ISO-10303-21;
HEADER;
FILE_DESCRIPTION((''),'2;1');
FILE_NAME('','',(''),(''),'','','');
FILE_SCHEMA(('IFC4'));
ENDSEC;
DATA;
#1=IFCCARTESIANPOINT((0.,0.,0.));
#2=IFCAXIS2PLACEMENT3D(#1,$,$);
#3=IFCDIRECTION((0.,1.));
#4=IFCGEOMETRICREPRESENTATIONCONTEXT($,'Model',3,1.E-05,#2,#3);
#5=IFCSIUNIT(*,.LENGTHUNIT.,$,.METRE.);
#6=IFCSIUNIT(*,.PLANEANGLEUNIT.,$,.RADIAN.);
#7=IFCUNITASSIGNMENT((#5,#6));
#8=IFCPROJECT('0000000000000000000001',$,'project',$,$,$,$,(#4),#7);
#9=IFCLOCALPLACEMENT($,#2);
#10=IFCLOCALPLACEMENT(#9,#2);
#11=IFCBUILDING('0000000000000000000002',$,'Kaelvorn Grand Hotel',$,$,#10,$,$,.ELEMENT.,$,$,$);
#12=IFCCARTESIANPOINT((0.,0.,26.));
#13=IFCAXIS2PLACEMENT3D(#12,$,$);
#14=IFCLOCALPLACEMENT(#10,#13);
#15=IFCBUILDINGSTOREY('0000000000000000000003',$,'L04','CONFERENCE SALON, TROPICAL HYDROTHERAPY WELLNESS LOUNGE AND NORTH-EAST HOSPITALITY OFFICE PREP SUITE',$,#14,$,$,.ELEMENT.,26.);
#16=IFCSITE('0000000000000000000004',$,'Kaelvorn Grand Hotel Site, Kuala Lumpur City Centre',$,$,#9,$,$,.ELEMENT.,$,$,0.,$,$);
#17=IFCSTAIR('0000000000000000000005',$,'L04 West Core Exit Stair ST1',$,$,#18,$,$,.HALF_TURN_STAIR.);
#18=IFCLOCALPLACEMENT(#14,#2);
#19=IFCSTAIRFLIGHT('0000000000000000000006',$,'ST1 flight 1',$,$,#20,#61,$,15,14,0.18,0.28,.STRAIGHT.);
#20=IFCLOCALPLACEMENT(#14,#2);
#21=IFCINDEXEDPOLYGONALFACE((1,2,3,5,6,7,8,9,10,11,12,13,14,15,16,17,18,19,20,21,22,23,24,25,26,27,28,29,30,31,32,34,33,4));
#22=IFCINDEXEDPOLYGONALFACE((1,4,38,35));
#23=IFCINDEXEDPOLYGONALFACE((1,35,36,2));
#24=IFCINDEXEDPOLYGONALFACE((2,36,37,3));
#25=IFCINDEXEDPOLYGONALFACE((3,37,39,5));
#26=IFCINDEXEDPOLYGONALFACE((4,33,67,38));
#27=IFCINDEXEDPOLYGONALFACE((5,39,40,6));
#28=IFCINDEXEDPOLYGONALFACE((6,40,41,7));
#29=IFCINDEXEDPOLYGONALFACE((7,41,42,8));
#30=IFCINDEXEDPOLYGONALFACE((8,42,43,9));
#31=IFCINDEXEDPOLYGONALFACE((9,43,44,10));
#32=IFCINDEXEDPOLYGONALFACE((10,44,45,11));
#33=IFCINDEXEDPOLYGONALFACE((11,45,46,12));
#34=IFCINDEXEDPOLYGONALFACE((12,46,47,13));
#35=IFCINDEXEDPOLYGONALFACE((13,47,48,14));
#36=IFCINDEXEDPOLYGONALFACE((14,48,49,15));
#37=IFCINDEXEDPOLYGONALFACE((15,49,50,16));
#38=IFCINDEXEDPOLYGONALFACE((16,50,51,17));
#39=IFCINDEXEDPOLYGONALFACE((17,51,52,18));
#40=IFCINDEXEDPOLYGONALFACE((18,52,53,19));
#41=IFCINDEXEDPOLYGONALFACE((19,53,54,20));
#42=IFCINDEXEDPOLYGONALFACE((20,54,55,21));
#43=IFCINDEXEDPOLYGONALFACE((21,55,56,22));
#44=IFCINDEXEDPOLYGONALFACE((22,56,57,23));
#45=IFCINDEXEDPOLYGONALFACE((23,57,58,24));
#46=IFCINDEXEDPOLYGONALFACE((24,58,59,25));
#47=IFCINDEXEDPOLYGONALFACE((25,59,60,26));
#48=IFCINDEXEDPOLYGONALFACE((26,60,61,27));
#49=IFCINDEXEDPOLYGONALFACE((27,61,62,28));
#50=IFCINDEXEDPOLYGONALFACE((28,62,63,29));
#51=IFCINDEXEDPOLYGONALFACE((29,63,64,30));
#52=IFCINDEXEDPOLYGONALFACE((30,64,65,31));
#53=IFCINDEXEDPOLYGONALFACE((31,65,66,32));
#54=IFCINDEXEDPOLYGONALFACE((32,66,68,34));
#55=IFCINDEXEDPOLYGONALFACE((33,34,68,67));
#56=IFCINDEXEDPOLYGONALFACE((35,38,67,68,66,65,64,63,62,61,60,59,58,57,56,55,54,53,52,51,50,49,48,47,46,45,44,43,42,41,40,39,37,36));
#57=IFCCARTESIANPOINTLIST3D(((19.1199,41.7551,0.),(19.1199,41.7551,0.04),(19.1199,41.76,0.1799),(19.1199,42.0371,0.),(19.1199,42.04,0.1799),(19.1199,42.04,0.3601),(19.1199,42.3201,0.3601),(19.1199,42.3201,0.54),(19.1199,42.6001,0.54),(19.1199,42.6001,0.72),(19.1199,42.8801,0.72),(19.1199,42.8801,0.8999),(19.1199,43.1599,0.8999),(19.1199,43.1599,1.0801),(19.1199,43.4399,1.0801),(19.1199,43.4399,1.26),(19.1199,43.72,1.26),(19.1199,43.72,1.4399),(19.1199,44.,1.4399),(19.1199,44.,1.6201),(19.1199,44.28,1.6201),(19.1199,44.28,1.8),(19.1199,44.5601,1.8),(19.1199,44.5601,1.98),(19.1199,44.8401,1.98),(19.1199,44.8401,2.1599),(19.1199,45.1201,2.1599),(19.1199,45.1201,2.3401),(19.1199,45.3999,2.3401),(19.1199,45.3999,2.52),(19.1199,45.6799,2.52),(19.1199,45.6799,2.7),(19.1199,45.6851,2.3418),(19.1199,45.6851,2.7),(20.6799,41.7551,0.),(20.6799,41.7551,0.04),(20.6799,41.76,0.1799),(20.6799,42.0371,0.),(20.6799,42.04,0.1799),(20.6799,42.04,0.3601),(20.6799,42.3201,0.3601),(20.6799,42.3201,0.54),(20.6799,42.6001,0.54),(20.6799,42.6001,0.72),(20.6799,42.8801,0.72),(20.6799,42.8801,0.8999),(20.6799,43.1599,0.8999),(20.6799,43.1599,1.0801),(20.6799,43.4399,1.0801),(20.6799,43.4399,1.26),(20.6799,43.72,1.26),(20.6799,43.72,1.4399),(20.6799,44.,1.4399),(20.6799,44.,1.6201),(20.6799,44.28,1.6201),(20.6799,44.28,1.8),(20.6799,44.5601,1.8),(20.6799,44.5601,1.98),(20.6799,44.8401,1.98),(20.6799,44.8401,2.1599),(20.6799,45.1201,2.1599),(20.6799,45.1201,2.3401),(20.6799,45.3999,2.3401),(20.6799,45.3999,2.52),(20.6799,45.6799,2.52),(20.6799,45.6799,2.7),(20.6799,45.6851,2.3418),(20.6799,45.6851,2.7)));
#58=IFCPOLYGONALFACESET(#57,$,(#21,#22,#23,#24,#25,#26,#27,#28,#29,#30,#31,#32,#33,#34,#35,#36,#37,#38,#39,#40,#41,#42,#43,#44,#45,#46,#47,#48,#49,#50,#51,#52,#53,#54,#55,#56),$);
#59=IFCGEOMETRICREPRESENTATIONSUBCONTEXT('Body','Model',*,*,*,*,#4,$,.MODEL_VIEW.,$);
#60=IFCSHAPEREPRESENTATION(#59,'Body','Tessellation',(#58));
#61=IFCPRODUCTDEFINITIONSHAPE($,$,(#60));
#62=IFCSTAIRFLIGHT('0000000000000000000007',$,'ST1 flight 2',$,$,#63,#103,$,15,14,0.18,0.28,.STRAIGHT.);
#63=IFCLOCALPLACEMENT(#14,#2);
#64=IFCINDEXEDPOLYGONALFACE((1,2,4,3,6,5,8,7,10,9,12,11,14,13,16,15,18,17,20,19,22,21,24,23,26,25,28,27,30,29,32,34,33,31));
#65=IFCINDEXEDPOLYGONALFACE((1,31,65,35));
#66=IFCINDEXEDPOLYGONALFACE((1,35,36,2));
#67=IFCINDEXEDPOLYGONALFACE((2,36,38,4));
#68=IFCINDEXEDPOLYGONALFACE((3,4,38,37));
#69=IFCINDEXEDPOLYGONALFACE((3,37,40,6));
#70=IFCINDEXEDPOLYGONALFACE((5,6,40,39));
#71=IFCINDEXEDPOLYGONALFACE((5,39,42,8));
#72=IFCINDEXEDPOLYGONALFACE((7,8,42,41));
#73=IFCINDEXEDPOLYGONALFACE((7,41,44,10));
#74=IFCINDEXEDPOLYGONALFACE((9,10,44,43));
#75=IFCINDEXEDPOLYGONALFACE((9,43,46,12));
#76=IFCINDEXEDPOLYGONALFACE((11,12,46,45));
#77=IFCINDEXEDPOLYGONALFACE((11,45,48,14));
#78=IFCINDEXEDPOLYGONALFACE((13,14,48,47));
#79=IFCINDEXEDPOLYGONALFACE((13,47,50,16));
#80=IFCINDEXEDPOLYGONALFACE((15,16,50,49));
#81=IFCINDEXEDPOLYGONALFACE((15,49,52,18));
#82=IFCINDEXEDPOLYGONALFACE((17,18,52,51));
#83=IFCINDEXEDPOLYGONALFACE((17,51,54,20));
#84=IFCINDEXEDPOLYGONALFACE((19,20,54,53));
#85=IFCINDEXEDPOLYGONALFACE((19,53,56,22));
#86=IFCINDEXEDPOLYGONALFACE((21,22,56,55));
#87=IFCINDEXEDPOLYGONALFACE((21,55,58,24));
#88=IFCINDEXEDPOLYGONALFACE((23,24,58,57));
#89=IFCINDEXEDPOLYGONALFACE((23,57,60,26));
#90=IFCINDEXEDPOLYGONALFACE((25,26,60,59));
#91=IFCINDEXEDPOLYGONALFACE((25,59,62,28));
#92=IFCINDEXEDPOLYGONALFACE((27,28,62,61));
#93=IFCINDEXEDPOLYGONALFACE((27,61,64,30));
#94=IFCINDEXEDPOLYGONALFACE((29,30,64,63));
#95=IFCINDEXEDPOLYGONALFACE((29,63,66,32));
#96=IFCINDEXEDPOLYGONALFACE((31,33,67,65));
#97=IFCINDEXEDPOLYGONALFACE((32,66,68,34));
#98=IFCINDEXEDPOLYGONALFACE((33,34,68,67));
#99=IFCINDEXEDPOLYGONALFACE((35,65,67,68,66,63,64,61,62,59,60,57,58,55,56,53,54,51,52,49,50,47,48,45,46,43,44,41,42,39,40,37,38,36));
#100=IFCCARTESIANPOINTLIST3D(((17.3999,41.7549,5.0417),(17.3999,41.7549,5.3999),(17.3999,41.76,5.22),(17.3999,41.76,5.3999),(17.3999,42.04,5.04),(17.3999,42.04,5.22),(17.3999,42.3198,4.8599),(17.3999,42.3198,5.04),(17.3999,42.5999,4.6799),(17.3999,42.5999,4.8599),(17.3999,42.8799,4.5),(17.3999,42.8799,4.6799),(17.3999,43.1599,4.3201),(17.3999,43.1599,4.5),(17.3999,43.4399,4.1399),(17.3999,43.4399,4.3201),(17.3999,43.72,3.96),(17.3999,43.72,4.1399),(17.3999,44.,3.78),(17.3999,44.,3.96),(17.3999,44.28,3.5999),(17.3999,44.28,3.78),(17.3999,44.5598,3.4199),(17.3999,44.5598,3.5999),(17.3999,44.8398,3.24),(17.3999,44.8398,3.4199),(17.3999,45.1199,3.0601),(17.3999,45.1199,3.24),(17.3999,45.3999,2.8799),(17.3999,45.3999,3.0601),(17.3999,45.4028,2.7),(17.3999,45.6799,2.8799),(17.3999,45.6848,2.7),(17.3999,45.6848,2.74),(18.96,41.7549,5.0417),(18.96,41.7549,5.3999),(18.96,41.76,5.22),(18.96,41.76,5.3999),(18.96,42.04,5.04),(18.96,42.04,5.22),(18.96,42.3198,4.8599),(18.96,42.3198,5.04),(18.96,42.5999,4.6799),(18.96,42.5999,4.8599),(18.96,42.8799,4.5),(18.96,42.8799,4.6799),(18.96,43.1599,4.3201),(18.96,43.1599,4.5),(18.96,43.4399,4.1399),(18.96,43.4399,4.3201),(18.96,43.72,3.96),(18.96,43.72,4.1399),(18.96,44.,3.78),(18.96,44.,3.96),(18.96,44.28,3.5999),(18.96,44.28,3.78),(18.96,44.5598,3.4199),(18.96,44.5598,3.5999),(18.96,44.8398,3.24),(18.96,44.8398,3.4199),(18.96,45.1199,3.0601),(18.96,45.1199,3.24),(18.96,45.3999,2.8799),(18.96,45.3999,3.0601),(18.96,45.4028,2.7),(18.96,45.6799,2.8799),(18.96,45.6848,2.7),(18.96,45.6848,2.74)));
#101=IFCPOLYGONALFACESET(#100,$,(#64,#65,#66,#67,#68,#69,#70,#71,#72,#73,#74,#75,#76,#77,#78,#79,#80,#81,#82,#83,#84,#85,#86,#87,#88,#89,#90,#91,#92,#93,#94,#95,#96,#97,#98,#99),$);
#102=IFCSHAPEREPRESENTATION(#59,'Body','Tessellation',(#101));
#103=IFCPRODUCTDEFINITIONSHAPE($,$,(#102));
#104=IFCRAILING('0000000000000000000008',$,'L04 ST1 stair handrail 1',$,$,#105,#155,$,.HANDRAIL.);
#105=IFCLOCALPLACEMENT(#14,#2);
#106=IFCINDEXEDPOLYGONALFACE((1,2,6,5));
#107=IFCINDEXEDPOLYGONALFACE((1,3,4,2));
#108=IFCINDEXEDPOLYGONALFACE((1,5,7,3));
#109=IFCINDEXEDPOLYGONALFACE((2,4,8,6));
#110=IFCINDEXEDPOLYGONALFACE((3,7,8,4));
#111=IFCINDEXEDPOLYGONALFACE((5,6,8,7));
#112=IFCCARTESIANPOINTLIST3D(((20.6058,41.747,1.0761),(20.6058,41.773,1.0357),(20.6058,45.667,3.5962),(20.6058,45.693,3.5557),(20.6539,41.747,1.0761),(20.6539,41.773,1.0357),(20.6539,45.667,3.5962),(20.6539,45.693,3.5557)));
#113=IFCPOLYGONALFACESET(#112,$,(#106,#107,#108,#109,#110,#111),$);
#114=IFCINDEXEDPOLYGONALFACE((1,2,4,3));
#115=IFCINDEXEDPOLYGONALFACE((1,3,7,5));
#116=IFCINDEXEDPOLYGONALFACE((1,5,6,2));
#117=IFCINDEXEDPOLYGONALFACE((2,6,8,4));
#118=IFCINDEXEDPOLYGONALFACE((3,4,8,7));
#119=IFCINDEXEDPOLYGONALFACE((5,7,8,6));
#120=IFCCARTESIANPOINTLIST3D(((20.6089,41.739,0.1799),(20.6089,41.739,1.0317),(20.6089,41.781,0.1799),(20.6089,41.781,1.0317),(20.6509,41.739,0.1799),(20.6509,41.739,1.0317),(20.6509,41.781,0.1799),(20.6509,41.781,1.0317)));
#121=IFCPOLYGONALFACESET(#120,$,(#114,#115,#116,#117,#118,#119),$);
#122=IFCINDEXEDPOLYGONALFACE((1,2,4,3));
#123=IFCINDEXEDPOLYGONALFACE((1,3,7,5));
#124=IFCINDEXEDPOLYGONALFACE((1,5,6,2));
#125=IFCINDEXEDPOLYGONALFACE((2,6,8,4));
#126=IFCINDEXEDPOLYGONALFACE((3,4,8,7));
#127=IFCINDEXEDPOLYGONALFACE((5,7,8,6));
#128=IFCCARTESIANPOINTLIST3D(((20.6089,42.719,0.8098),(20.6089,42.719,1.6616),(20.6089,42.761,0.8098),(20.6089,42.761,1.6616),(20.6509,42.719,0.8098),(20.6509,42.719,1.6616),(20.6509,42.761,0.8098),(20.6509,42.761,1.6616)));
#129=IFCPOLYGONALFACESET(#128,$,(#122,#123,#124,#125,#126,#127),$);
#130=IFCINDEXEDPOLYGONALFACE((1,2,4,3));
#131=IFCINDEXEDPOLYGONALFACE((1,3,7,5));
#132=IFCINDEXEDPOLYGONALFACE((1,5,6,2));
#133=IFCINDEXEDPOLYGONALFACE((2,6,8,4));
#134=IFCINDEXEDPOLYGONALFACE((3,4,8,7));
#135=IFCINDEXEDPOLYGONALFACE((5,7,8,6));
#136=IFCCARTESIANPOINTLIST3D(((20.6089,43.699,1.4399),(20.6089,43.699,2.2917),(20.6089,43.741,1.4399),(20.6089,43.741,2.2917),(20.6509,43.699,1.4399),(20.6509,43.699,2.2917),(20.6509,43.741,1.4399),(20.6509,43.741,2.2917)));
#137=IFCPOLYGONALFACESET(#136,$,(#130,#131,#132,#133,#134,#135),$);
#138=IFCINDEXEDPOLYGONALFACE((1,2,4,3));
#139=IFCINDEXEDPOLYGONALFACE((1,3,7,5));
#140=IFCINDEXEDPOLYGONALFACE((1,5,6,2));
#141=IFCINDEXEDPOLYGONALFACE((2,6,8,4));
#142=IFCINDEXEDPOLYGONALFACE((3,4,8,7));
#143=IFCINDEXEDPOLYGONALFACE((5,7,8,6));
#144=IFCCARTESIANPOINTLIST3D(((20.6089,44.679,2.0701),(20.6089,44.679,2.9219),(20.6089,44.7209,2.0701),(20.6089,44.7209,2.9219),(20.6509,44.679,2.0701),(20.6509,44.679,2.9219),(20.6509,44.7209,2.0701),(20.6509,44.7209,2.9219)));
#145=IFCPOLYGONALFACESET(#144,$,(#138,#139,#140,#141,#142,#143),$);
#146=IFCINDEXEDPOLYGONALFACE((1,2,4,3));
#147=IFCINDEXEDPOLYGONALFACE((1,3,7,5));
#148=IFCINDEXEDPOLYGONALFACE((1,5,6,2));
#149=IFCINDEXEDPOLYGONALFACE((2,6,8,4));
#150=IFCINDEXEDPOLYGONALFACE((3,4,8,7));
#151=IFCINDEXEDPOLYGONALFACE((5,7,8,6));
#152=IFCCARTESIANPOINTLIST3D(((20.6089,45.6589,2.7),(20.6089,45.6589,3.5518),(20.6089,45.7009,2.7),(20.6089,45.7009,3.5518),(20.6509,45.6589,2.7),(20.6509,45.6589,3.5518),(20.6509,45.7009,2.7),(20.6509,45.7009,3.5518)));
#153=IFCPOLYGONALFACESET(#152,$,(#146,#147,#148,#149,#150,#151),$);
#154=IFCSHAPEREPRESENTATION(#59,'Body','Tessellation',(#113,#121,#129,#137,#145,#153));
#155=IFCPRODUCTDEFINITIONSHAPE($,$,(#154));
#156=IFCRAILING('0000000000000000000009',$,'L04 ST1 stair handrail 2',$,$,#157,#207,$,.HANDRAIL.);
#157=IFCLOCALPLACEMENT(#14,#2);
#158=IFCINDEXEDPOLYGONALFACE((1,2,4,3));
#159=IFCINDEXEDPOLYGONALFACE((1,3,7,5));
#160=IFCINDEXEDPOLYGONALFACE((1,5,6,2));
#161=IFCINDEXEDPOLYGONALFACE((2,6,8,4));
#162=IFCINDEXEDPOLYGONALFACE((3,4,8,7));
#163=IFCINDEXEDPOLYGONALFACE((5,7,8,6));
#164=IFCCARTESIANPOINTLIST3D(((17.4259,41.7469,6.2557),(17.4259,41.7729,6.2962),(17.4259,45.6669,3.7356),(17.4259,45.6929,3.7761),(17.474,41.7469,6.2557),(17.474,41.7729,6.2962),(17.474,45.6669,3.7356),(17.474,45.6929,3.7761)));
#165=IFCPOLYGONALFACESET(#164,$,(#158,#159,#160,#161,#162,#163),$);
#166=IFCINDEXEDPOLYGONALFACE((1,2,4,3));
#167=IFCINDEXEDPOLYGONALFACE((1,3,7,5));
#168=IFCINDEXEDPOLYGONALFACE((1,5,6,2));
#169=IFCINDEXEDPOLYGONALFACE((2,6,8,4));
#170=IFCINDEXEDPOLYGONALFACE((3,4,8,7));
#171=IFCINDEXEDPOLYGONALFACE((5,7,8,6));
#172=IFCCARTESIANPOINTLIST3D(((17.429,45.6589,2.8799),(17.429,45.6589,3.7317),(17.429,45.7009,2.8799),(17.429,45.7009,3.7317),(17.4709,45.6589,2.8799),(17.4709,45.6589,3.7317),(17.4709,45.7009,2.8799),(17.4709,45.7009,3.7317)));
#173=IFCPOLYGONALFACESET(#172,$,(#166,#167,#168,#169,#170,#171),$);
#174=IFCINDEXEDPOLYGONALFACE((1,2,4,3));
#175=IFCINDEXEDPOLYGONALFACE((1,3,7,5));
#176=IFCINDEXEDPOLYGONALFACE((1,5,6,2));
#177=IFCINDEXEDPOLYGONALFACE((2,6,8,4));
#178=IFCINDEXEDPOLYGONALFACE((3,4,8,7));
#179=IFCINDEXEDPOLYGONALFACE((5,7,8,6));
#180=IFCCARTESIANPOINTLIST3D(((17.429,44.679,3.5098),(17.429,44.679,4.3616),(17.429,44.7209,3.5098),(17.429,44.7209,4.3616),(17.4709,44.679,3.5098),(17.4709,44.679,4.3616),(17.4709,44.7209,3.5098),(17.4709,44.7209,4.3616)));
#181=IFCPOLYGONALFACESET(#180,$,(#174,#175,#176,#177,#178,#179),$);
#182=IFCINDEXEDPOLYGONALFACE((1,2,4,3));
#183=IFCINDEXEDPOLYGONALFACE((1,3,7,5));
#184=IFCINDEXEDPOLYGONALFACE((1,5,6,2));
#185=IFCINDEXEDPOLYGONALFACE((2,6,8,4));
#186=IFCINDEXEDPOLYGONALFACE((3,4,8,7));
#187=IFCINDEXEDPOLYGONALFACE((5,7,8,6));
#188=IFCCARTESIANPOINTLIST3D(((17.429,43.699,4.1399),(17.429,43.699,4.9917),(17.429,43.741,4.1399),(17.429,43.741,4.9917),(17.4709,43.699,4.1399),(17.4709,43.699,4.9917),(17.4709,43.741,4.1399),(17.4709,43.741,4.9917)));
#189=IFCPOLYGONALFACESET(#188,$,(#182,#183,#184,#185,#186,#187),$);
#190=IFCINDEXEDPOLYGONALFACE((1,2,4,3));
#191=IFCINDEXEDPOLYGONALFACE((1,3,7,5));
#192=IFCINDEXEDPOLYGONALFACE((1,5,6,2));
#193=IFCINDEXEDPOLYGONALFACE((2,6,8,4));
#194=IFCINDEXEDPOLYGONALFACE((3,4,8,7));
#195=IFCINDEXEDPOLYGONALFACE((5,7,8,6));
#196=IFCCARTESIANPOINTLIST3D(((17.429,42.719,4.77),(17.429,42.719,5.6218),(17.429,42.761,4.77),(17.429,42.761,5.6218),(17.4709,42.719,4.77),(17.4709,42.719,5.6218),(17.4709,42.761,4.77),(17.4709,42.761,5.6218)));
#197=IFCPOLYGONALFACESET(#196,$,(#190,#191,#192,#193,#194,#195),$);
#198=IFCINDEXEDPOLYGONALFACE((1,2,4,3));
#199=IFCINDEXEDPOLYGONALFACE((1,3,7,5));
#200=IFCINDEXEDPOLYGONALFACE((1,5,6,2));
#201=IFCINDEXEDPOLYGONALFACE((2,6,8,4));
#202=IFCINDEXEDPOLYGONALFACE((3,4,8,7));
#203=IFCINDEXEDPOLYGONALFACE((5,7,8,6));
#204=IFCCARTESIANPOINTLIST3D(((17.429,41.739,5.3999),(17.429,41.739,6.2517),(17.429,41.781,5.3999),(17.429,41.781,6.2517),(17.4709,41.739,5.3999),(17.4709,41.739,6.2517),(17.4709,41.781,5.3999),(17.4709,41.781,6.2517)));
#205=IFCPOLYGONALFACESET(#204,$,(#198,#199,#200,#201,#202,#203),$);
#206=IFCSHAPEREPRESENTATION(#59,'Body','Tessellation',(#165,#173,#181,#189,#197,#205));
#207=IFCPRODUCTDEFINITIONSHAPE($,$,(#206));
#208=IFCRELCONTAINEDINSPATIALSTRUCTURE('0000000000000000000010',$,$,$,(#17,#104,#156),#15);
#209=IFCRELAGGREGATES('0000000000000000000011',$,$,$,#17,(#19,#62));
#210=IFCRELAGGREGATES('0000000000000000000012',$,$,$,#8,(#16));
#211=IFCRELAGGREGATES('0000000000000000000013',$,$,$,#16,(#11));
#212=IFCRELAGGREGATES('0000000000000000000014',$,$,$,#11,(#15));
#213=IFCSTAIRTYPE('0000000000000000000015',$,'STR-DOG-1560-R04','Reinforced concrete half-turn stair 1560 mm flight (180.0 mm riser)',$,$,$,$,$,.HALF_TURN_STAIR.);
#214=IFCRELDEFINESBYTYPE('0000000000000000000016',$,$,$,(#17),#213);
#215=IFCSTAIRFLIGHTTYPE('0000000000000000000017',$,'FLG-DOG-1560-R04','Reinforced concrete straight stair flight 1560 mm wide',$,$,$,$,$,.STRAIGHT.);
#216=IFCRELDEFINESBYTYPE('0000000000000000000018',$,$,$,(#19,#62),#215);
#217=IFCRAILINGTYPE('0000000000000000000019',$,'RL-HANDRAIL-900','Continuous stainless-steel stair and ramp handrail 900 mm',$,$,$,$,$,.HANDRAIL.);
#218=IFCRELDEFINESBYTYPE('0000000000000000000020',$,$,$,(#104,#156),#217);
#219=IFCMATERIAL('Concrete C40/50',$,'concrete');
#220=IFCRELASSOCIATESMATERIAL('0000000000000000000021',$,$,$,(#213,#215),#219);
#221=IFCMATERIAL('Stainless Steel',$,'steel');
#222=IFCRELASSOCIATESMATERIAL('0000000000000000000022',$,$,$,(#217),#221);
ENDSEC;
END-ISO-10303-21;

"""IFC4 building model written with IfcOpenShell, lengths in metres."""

from ifc_helpers import new_model, si_unit, direction, frame, origin, origin_2d, place, context, subcontext, project, spatial, polyline, rectangle, outline, extrude, material, type_object, element, aggregate, save


model = new_model("IFC4")

# Units and contexts
model_context = context("Model", 3, precision=1e-05, world=origin(), true_north=direction((0.0, 1.0)))
body_context = subcontext(model_context, "Body", "Model", "MODEL_VIEW")
ifc_project = project(units=[si_unit("LENGTHUNIT", "METRE"), si_unit("PLANEANGLEUNIT", "RADIAN")], contexts=[model_context])

# Site, building, storey
site_placement = place(None, origin())
site = spatial("IfcSite", under=ifc_project, at=site_placement, Name="Kaelvorn Grand Hotel Site, Kuala Lumpur City Centre", CompositionType="ELEMENT", RefElevation=0.0)
building_placement = place(site_placement, origin())
building = spatial("IfcBuilding", under=site, at=building_placement, Name="Kaelvorn Grand Hotel", CompositionType="ELEMENT")
storey_placement = place(building_placement, frame((0.0, 0.0, 26.0)))
storey = spatial("IfcBuildingStorey", under=building, at=storey_placement, Name="L04", Description="CONFERENCE SALON, TROPICAL HYDROTHERAPY WELLNESS LOUNGE AND NORTH-EAST HOSPITALITY OFFICE PREP SUITE", CompositionType="ELEMENT", Elevation=26.0)

# Shared definitions
ifc_material_1 = material(Name="Concrete C40/50", Category="concrete")

# Stair, stair flights
stair_type = type_object("IfcStairType", Name="STR-DOG-1560-R04", Description="Reinforced concrete half-turn stair 1560 mm flight (180.0 mm riser)", PredefinedType="HALF_TURN_STAIR", material=ifc_material_1)
stair_placement = place(storey_placement, origin())
stair = element("IfcStair", 1, at=stair_placement, inside=storey, type_object=stair_type, Name="L04 West Core Exit Stair ST1", PredefinedType="HALF_TURN_STAIR")
stair_flight_type = type_object("IfcStairFlightType", Name="FLG-DOG-1560-R04", Description="Reinforced concrete straight stair flight 1560 mm wide", PredefinedType="STRAIGHT", material=ifc_material_1)
stair_flight_1_placement = place(storey_placement, frame((19.8999, 41.76, 0.0), z_axis=(0.0, 0.0, 1.0), x_axis=(0.0, 1.0, 0.0)))
stair_flight_1 = element("IfcStairFlight", 2, at=stair_flight_1_placement, type_object=stair_flight_type, Name="ST1 flight 1", NumberOfRisers=15, NumberOfTreads=14, PredefinedType="STRAIGHT", RiserHeight=0.18, TreadLength=0.28, context=body_context, shape_type="SweptSolid", body=[
    extrude(outline(polyline([(-0.0049, 0.0), (-0.0049, 0.04), (0.0, 0.1799), (0.28, 0.1799), (0.28, 0.3601), (0.5601, 0.3601), (0.5601, 0.54), (0.8401, 0.54), (0.8401, 0.72), (1.1201, 0.72), (1.1201, 0.8999), (1.3999, 0.8999), (1.3999, 1.0801), (1.6799, 1.0801), (1.6799, 1.26), (1.96, 1.26), (1.96, 1.4399), (2.24, 1.4399), (2.24, 1.6201), (2.52, 1.6201), (2.52, 1.8), (2.8, 1.8), (2.8, 1.98), (3.0801, 1.98), (3.0801, 2.1599), (3.3601, 2.1599), (3.3601, 2.3401), (3.6399, 2.3401), (3.6399, 2.52), (3.9199, 2.52), (3.9199, 2.7), (3.925, 2.7), (3.925, 2.3418), (0.2771, 0.0), (-0.0049, 0.0)])), frame((0.0, 0.78, 0.0), z_axis=(0.0, -1.0, 0.0), x_axis=(1.0, 0.0, 0.0)), (0.0, 0.0, 1.0), 1.5601),
])
stair_flight_2_placement = place(storey_placement, frame((18.1799, 45.6799, 2.7), z_axis=(0.0, 0.0, 1.0), x_axis=(0.0, -1.0, 0.0)))
stair_flight_2 = element("IfcStairFlight", 3, at=stair_flight_2_placement, type_object=stair_flight_type, Name="ST1 flight 2", NumberOfRisers=15, NumberOfTreads=14, PredefinedType="STRAIGHT", RiserHeight=0.18, TreadLength=0.28, context=body_context, shape_type="SweptSolid", body=[
    extrude(outline(polyline([(-0.0049, 0.0), (-0.0049, 0.04), (0.0, 0.1799), (0.28, 0.1799), (0.28, 0.3601), (0.5601, 0.3601), (0.5601, 0.54), (0.8401, 0.54), (0.8401, 0.72), (1.1201, 0.72), (1.1201, 0.8999), (1.3999, 0.8999), (1.3999, 1.0801), (1.6799, 1.0801), (1.6799, 1.26), (1.96, 1.26), (1.96, 1.4399), (2.24, 1.4399), (2.24, 1.6201), (2.52, 1.6201), (2.52, 1.8), (2.8, 1.8), (2.8, 1.98), (3.0801, 1.98), (3.0801, 2.1599), (3.3601, 2.1599), (3.3601, 2.3401), (3.6399, 2.3401), (3.6399, 2.52), (3.9199, 2.52), (3.9199, 2.7), (3.925, 2.7), (3.925, 2.3418), (0.2771, 0.0), (-0.0049, 0.0)])), frame((0.0, 0.78, 0.0), z_axis=(0.0, -1.0, 0.0), x_axis=(1.0, 0.0, 0.0)), (0.0, 0.0, 1.0), 1.5601),
])
aggregate(stair, [stair_flight_1, stair_flight_2])

# Railings
ifc_material_2 = material(Name="Stainless Steel", Category="steel")
railing_type_1 = type_object("IfcRailingType", Name="RL-HANDRAIL-900", Description="Continuous stainless-steel stair and ramp handrail 900 mm", PredefinedType="HANDRAIL", material=ifc_material_2)
railing_1_placement = place(storey_placement, frame((20.6299, 41.76, 0.1799)))
element("IfcRailing", 4, at=railing_1_placement, inside=storey, type_object=railing_type_1, Name="L04 ST1 stair handrail 1", PredefinedType="HANDRAIL", context=body_context, shape_type="SweptSolid", body=[
    extrude(rectangle(XDim=0.0481, YDim=0.0481, at=origin_2d()), frame((0.0, 0.0, 0.876), z_axis=(0.0, 0.841172, 0.540768), x_axis=(-1.0, 0.0, 0.0)), (0.0, 0.0, 1.0), 4.6602),
    extrude(rectangle(XDim=0.042, YDim=0.042, at=origin_2d()), origin(), (0.0, 0.0, 1.0), 0.8518),
    extrude(rectangle(XDim=0.042, YDim=0.042, at=origin_2d()), frame((0.0, 0.98, 0.6299)), (0.0, 0.0, 1.0), 0.8518),
    extrude(rectangle(XDim=0.042, YDim=0.042, at=origin_2d()), frame((0.0, 1.96, 1.26)), (0.0, 0.0, 1.0), 0.8518),
    extrude(rectangle(XDim=0.042, YDim=0.042, at=origin_2d()), frame((0.0, 2.9399, 1.8901)), (0.0, 0.0, 1.0), 0.8518),
    extrude(rectangle(XDim=0.042, YDim=0.042, at=origin_2d()), frame((0.0, 3.9199, 2.52)), (0.0, 0.0, 1.0), 0.8518),
])
railing_2_placement = place(storey_placement, frame((17.45, 45.6799, 2.8799)))
element("IfcRailing", 5, at=railing_2_placement, inside=storey, type_object=railing_type_1, Name="L04 ST1 stair handrail 2", PredefinedType="HANDRAIL", context=body_context, shape_type="SweptSolid", body=[
    extrude(rectangle(XDim=0.0481, YDim=0.0481, at=origin_2d()), frame((0.0, 0.0, 0.876), z_axis=(0.0, -0.841172, 0.540768), x_axis=(1.0, 0.0, 0.0)), (0.0, 0.0, 1.0), 4.6602),
    extrude(rectangle(XDim=0.042, YDim=0.042, at=origin_2d()), origin(), (0.0, 0.0, 1.0), 0.8518),
    extrude(rectangle(XDim=0.042, YDim=0.042, at=origin_2d()), frame((0.0, -0.98, 0.6299)), (0.0, 0.0, 1.0), 0.8518),
    extrude(rectangle(XDim=0.042, YDim=0.042, at=origin_2d()), frame((0.0, -1.96, 1.26)), (0.0, 0.0, 1.0), 0.8518),
    extrude(rectangle(XDim=0.042, YDim=0.042, at=origin_2d()), frame((0.0, -2.9399, 1.8901)), (0.0, 0.0, 1.0), 0.8518),
    extrude(rectangle(XDim=0.042, YDim=0.042, at=origin_2d()), frame((0.0, -3.9199, 2.52)), (0.0, 0.0, 1.0), 0.8518),
])

save(model, "model.ifc")
